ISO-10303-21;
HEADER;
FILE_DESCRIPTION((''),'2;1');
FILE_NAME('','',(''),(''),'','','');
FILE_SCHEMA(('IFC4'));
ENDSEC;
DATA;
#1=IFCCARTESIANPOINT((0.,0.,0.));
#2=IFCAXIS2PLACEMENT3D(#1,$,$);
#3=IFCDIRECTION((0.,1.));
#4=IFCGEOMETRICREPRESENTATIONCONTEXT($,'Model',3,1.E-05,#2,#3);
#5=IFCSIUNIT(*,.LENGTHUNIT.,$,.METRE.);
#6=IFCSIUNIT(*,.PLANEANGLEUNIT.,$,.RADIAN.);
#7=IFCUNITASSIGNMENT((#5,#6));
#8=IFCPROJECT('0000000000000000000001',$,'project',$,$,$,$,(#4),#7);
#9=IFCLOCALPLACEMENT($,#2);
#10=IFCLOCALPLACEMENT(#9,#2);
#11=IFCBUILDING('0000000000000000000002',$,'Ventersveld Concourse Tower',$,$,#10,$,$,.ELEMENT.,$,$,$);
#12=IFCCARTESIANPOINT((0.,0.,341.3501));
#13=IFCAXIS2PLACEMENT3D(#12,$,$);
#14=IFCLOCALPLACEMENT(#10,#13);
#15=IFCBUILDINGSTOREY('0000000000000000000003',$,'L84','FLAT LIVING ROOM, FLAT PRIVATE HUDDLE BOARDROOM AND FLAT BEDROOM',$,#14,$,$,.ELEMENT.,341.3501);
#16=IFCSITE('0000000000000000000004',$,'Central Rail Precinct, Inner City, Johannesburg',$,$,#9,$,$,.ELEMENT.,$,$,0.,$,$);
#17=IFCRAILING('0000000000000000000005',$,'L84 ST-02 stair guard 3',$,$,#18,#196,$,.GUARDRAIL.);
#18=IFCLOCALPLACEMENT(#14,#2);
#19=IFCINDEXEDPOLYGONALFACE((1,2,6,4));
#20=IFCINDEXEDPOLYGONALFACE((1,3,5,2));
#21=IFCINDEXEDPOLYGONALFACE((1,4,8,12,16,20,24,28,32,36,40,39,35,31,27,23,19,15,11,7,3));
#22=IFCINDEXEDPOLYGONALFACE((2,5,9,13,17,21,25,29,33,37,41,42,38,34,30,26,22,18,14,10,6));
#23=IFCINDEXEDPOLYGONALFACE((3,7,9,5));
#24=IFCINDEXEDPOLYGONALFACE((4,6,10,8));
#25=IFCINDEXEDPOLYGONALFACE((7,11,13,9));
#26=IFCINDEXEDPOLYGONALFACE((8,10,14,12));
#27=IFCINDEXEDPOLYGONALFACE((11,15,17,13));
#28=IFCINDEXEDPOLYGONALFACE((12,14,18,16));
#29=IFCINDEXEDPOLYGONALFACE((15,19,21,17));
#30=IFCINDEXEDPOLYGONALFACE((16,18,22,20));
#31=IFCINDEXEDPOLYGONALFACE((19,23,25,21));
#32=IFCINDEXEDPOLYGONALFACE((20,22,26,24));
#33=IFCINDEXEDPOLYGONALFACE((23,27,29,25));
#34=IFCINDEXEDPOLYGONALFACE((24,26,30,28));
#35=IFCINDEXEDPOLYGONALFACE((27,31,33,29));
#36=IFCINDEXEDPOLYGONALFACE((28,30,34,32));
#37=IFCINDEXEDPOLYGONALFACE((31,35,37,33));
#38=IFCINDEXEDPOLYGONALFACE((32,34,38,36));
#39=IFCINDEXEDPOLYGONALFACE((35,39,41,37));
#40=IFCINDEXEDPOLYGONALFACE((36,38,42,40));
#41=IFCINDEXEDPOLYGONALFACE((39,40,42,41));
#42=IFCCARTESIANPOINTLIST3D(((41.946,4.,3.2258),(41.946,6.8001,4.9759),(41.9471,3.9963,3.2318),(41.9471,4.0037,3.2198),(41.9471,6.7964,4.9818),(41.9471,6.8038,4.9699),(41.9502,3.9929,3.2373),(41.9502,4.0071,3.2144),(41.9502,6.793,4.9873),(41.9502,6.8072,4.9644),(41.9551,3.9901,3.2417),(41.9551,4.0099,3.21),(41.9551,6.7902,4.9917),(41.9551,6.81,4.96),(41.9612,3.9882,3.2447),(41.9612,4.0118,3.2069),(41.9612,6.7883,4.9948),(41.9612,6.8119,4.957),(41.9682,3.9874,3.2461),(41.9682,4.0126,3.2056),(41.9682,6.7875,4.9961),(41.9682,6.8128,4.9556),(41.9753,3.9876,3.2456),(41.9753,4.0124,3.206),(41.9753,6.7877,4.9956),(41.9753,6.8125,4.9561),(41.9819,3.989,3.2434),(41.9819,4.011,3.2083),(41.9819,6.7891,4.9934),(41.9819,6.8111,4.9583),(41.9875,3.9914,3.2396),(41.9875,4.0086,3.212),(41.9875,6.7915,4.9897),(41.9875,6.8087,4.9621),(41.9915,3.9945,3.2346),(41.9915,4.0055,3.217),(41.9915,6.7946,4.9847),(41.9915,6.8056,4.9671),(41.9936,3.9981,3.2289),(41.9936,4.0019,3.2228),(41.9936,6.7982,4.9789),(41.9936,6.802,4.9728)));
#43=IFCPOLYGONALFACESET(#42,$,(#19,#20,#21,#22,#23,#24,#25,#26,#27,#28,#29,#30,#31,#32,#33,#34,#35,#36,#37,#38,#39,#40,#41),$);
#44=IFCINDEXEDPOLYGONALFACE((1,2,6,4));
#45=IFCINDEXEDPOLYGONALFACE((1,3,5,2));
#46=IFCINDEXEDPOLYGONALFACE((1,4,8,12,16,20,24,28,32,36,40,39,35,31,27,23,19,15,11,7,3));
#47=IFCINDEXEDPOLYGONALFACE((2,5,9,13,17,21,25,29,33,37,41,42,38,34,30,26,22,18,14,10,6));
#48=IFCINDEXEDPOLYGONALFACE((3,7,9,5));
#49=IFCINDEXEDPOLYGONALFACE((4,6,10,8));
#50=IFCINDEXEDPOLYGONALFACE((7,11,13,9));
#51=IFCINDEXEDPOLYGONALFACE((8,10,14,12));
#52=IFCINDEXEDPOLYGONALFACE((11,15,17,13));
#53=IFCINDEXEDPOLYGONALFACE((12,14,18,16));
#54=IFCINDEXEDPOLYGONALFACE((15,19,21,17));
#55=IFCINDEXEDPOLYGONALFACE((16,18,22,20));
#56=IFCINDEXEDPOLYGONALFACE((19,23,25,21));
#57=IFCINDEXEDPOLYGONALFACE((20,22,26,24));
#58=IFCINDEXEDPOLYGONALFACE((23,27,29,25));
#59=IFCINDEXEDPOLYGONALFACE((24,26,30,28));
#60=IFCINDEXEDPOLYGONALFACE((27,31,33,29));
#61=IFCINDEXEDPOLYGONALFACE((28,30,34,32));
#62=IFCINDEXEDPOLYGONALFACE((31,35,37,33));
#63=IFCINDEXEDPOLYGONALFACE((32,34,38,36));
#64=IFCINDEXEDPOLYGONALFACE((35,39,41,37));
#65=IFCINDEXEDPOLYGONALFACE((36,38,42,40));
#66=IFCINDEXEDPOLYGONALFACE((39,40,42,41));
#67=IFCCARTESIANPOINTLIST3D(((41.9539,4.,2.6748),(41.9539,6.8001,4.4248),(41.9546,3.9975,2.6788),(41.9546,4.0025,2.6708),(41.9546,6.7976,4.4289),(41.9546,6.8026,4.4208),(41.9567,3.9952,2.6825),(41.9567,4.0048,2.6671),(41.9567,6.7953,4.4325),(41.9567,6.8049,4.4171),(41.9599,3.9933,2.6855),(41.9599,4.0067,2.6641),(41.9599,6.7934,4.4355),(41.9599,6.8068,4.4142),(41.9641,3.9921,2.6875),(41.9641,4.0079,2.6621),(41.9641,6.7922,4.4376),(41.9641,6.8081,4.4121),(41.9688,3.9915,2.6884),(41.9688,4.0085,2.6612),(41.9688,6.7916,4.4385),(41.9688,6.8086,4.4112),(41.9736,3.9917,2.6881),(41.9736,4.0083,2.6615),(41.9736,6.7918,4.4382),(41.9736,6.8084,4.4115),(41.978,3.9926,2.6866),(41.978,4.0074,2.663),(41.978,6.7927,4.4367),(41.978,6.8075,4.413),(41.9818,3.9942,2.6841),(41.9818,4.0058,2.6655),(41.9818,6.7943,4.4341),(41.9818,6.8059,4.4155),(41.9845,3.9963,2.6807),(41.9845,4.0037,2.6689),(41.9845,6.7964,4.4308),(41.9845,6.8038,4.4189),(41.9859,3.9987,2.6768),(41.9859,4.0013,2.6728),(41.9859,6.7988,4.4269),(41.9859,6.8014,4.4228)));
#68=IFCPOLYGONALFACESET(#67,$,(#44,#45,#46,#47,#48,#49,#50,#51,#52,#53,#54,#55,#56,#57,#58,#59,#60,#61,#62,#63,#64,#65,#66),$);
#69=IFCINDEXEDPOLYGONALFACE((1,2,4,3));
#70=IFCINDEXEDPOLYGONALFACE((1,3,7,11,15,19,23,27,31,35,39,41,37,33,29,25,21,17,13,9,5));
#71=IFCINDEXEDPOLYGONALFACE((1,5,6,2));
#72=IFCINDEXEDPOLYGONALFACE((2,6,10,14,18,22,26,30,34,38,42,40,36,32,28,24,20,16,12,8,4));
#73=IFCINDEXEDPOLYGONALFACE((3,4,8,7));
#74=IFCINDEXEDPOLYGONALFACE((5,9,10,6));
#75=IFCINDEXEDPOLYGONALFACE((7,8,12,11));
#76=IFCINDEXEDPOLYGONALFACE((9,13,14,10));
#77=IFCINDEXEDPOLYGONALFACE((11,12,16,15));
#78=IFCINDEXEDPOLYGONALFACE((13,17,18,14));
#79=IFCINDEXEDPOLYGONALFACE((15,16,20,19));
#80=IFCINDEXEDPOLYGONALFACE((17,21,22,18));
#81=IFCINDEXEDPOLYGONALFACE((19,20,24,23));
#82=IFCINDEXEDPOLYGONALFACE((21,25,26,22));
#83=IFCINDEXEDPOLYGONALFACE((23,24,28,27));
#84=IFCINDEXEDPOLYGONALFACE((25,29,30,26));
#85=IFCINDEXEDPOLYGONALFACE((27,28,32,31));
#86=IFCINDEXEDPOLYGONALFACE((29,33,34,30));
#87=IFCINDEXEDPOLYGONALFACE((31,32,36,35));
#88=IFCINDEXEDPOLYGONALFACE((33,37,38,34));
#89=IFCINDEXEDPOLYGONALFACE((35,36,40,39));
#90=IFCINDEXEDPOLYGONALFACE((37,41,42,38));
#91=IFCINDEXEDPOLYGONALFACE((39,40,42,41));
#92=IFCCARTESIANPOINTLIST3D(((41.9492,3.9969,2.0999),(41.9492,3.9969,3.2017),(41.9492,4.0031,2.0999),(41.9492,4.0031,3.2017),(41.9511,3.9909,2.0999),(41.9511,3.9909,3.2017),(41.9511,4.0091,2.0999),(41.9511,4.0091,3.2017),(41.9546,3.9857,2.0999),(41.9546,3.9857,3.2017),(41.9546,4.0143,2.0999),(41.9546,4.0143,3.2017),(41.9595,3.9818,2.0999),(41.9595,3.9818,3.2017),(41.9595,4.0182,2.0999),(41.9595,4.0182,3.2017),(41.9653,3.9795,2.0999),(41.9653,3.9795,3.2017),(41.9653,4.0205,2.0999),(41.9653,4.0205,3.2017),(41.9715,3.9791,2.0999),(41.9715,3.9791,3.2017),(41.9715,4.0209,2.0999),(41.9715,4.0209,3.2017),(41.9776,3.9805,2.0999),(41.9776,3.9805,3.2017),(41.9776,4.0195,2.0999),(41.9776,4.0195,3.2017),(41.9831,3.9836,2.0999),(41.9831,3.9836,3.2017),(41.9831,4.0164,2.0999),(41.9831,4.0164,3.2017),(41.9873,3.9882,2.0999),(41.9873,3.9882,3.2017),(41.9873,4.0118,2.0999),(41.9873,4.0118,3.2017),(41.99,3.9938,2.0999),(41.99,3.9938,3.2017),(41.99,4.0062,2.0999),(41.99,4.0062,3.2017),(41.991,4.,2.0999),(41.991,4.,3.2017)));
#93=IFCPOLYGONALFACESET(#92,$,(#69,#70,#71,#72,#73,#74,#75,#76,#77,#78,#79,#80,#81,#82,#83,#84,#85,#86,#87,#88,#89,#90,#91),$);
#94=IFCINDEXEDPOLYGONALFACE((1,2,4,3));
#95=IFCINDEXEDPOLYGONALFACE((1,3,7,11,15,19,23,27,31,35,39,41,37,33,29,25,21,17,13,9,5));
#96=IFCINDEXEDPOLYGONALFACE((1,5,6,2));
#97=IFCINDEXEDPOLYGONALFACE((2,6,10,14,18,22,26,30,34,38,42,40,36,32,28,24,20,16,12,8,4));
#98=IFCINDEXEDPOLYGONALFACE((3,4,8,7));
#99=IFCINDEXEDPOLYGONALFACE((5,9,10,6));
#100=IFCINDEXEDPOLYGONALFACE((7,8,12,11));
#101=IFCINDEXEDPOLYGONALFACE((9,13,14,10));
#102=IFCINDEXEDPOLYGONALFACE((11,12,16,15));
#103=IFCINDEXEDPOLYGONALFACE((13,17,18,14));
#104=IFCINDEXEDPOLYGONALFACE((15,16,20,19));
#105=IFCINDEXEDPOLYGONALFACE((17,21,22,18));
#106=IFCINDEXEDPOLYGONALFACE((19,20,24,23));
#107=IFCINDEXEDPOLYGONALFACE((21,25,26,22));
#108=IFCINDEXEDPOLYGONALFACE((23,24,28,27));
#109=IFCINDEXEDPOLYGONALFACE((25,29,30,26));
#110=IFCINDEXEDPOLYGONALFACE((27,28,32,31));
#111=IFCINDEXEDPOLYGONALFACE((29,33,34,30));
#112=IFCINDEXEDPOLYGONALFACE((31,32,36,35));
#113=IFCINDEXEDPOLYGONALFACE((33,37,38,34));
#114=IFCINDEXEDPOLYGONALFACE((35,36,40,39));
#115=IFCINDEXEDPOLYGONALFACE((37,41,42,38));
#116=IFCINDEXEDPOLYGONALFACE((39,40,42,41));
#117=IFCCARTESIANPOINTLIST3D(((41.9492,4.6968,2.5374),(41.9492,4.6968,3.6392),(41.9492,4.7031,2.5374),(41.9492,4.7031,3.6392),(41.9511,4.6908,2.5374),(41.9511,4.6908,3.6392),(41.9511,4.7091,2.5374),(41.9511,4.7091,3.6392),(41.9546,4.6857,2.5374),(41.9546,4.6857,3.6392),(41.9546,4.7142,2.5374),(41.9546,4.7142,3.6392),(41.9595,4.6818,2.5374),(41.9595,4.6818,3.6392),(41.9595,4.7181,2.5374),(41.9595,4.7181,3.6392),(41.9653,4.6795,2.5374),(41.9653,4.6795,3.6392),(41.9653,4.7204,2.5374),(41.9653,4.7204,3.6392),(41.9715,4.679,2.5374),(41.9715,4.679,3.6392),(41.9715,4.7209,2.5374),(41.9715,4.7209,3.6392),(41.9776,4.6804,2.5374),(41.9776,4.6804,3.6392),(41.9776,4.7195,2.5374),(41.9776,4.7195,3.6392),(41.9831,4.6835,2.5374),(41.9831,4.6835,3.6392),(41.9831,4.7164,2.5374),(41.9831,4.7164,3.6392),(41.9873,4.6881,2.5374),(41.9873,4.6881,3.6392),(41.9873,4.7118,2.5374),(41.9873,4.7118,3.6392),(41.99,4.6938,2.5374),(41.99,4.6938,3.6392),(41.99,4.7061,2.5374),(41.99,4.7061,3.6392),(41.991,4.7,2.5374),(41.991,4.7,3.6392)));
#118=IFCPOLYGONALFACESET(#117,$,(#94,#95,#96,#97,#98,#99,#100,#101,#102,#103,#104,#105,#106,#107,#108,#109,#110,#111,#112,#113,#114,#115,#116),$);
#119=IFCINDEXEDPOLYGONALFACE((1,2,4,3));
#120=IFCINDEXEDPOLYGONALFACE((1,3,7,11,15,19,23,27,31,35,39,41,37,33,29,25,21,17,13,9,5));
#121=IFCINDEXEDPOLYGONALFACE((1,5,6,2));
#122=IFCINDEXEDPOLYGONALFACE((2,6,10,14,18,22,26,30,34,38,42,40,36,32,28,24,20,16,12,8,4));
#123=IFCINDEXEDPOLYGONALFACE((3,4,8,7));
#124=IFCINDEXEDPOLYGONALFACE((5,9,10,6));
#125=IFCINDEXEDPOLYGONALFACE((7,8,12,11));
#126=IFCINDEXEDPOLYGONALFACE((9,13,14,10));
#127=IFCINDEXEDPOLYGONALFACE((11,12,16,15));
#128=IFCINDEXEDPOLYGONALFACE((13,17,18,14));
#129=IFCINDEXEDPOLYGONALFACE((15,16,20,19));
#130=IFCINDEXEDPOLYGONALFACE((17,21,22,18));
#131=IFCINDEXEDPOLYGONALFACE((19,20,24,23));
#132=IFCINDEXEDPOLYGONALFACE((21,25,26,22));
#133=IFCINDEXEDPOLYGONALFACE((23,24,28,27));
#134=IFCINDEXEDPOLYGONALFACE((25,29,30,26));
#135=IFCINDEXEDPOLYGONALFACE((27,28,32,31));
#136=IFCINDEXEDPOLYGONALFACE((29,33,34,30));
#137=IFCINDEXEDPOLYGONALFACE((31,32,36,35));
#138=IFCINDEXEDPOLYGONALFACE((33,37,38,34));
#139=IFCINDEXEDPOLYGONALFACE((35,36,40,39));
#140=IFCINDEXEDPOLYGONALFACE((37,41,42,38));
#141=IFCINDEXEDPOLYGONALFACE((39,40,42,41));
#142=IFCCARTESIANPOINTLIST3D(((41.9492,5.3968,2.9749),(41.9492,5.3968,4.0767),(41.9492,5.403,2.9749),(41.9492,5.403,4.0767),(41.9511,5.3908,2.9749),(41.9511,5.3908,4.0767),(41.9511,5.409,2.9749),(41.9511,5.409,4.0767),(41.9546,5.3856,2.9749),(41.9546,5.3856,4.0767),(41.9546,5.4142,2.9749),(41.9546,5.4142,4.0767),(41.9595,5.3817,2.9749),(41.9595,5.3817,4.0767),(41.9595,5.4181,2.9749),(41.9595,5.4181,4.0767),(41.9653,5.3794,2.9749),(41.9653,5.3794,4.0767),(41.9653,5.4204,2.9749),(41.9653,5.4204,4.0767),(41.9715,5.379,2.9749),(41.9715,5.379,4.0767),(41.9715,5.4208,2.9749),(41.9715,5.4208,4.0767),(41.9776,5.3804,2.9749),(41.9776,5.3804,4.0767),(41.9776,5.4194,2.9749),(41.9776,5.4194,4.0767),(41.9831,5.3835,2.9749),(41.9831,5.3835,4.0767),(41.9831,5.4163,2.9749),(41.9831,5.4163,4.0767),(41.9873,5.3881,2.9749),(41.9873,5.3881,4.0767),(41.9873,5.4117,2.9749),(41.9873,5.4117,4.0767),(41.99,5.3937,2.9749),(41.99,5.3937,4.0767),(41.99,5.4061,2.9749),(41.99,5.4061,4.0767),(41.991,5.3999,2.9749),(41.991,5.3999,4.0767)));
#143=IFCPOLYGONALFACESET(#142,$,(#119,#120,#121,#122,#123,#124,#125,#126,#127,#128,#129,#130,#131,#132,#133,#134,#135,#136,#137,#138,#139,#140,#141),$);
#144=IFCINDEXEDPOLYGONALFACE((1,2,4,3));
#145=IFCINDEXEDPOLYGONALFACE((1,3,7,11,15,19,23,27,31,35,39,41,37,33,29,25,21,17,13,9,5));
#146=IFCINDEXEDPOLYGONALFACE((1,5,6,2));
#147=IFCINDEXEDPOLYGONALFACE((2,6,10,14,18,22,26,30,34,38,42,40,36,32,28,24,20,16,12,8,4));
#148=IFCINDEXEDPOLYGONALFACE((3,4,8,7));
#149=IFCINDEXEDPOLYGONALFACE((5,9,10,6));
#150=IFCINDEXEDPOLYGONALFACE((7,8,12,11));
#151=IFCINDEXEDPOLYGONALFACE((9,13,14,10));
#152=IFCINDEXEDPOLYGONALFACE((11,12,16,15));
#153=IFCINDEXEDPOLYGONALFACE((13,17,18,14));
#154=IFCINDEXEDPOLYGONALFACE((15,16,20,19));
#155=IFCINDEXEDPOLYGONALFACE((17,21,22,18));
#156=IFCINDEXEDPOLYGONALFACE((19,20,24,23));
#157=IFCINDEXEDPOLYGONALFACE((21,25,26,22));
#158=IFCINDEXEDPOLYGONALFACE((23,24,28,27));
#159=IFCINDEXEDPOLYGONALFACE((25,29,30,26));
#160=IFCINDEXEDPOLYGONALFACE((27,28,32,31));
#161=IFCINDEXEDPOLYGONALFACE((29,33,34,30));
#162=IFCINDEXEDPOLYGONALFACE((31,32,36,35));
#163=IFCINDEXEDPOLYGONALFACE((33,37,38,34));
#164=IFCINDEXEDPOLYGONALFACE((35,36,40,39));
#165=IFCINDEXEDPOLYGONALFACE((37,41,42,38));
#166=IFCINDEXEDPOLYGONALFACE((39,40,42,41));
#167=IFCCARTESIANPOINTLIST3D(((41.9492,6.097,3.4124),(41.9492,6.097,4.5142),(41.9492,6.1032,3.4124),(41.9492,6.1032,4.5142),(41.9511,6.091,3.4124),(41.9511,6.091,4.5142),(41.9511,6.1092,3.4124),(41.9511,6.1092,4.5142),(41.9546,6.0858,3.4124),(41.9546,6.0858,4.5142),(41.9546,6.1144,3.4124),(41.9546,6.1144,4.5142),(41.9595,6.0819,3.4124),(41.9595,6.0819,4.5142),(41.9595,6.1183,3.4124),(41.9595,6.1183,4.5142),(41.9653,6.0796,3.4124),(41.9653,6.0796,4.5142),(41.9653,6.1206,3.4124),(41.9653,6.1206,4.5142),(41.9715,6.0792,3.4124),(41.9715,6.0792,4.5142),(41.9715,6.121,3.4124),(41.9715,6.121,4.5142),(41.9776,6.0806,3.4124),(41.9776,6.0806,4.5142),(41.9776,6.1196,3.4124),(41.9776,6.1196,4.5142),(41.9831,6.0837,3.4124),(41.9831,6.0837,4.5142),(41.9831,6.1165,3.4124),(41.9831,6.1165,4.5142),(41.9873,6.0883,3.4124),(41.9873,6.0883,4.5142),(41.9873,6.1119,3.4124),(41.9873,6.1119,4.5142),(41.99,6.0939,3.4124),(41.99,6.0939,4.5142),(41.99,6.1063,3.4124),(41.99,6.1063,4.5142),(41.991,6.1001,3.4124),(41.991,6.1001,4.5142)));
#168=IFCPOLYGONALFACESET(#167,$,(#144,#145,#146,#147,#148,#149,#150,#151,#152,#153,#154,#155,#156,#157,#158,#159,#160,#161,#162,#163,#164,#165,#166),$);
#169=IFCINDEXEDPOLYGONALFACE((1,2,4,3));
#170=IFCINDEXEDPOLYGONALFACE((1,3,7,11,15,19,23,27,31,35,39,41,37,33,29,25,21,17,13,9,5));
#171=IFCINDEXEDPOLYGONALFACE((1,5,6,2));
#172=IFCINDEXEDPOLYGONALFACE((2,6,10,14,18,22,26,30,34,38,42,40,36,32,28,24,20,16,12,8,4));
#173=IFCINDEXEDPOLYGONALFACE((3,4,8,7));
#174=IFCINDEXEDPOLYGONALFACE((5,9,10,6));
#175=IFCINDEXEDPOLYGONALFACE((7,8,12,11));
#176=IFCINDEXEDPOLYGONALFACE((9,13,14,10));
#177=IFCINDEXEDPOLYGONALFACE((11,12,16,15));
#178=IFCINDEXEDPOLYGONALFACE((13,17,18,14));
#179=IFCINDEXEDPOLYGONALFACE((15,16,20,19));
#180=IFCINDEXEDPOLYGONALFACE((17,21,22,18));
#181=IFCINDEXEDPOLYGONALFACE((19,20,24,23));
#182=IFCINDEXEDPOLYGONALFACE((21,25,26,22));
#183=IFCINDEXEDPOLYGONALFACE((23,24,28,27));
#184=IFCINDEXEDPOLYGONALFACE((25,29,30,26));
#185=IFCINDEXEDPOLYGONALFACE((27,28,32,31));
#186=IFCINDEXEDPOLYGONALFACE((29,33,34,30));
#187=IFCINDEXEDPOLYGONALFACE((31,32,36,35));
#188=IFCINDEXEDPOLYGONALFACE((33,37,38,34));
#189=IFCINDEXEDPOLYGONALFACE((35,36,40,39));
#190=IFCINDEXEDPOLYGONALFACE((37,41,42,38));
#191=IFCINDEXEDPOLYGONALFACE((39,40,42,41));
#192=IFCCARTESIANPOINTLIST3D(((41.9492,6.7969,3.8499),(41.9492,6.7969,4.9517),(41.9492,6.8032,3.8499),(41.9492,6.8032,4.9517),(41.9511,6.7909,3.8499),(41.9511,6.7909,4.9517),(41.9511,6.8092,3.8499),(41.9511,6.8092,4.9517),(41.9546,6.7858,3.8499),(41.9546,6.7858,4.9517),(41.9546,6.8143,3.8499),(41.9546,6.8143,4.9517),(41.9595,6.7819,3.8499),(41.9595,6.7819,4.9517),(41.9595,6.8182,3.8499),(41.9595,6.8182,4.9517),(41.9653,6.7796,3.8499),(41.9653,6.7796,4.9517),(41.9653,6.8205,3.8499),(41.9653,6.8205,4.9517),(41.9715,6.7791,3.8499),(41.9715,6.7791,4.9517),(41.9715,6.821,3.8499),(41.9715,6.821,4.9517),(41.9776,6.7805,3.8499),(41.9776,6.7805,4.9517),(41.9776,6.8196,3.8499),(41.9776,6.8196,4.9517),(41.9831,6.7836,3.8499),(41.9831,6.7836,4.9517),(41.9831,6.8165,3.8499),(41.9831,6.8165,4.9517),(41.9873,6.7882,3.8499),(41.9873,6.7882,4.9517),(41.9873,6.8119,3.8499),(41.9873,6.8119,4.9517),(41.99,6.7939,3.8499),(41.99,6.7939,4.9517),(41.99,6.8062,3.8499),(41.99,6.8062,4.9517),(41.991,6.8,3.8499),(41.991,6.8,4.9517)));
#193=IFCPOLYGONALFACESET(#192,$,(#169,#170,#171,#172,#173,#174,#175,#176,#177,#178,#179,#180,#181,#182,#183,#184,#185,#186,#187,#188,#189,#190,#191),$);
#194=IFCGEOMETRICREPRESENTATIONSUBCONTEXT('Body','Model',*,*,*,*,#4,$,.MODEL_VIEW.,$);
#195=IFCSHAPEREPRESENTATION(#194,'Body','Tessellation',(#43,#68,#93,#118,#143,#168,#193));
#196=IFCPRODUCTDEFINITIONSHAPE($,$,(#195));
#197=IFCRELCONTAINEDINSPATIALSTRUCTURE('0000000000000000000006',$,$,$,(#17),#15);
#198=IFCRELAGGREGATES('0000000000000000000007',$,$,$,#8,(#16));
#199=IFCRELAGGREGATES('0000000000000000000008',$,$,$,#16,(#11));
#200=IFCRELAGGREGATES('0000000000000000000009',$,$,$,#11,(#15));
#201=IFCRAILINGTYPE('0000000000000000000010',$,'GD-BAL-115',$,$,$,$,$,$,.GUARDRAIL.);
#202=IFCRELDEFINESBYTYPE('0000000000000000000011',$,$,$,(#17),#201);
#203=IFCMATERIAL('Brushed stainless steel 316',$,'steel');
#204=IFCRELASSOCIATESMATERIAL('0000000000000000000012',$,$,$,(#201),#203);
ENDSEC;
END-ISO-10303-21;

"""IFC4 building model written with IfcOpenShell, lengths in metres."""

from ifc_helpers import new_model, si_unit, direction, frame, origin, origin_2d, place, context, subcontext, project, spatial, circle, extrude, material, type_object, element, save


model = new_model("IFC4")

# Units and contexts
model_context = context("Model", 3, precision=1e-05, world=origin(), true_north=direction((0.0, 1.0)))
body_context = subcontext(model_context, "Body", "Model", "MODEL_VIEW")
ifc_project = project(units=[si_unit("LENGTHUNIT", "METRE"), si_unit("PLANEANGLEUNIT", "RADIAN")], contexts=[model_context])

# Site, building, storey
site_placement = place(None, origin())
site = spatial("IfcSite", under=ifc_project, at=site_placement, Name="Central Rail Precinct, Inner City, Johannesburg", CompositionType="ELEMENT", RefElevation=0.0)
building_placement = place(site_placement, origin())
building = spatial("IfcBuilding", under=site, at=building_placement, Name="Ventersveld Concourse Tower", CompositionType="ELEMENT")
storey_placement = place(building_placement, frame((0.0, 0.0, 341.3501)))
storey = spatial("IfcBuildingStorey", under=building, at=storey_placement, Name="L84", Description="FLAT LIVING ROOM, FLAT PRIVATE HUDDLE BOARDROOM AND FLAT BEDROOM", CompositionType="ELEMENT", Elevation=341.3501)

# Railing
ifc_material_1 = material(Name="Brushed stainless steel 316", Category="steel")
railing_type_1 = type_object("IfcRailingType", Name="GD-BAL-115", PredefinedType="GUARDRAIL", material=ifc_material_1)
railing_1_placement = place(storey_placement, frame((41.97, 4.0, 2.0999)))
element("IfcRailing", 1, at=railing_1_placement, inside=storey, type_object=railing_type_1, Name="L84 ST-02 stair guard 3", PredefinedType="GUARDRAIL", context=body_context, shape_type="SweptSolid", body=[
    extrude(circle(Radius=0.0239, at=origin_2d()), frame((0.0, 0.0, 1.126), z_axis=(0.0, 0.848002, 0.529992), x_axis=(-1.0, 0.0, 0.0)), (0.0, 0.0, 1.0), 3.302),
    extrude(circle(Radius=0.0161, at=origin_2d()), frame((0.0, 0.0, 0.575), z_axis=(0.0, 0.848002, 0.529992), x_axis=(-1.0, 0.0, 0.0)), (0.0, 0.0, 1.0), 3.302),
    extrude(circle(Radius=0.021, at=origin_2d()), origin(), (0.0, 0.0, 1.0), 1.1018),
    extrude(circle(Radius=0.021, at=origin_2d()), frame((0.0, 0.7, 0.4375)), (0.0, 0.0, 1.0), 1.1018),
    extrude(circle(Radius=0.021, at=origin_2d()), frame((0.0, 1.3999, 0.875)), (0.0, 0.0, 1.0), 1.1018),
    extrude(circle(Radius=0.021, at=origin_2d()), frame((0.0, 2.1001, 1.3125)), (0.0, 0.0, 1.0), 1.1018),
    extrude(circle(Radius=0.021, at=origin_2d()), frame((0.0, 2.8, 1.75)), (0.0, 0.0, 1.0), 1.1018),
])

save(model, "model.ifc")
